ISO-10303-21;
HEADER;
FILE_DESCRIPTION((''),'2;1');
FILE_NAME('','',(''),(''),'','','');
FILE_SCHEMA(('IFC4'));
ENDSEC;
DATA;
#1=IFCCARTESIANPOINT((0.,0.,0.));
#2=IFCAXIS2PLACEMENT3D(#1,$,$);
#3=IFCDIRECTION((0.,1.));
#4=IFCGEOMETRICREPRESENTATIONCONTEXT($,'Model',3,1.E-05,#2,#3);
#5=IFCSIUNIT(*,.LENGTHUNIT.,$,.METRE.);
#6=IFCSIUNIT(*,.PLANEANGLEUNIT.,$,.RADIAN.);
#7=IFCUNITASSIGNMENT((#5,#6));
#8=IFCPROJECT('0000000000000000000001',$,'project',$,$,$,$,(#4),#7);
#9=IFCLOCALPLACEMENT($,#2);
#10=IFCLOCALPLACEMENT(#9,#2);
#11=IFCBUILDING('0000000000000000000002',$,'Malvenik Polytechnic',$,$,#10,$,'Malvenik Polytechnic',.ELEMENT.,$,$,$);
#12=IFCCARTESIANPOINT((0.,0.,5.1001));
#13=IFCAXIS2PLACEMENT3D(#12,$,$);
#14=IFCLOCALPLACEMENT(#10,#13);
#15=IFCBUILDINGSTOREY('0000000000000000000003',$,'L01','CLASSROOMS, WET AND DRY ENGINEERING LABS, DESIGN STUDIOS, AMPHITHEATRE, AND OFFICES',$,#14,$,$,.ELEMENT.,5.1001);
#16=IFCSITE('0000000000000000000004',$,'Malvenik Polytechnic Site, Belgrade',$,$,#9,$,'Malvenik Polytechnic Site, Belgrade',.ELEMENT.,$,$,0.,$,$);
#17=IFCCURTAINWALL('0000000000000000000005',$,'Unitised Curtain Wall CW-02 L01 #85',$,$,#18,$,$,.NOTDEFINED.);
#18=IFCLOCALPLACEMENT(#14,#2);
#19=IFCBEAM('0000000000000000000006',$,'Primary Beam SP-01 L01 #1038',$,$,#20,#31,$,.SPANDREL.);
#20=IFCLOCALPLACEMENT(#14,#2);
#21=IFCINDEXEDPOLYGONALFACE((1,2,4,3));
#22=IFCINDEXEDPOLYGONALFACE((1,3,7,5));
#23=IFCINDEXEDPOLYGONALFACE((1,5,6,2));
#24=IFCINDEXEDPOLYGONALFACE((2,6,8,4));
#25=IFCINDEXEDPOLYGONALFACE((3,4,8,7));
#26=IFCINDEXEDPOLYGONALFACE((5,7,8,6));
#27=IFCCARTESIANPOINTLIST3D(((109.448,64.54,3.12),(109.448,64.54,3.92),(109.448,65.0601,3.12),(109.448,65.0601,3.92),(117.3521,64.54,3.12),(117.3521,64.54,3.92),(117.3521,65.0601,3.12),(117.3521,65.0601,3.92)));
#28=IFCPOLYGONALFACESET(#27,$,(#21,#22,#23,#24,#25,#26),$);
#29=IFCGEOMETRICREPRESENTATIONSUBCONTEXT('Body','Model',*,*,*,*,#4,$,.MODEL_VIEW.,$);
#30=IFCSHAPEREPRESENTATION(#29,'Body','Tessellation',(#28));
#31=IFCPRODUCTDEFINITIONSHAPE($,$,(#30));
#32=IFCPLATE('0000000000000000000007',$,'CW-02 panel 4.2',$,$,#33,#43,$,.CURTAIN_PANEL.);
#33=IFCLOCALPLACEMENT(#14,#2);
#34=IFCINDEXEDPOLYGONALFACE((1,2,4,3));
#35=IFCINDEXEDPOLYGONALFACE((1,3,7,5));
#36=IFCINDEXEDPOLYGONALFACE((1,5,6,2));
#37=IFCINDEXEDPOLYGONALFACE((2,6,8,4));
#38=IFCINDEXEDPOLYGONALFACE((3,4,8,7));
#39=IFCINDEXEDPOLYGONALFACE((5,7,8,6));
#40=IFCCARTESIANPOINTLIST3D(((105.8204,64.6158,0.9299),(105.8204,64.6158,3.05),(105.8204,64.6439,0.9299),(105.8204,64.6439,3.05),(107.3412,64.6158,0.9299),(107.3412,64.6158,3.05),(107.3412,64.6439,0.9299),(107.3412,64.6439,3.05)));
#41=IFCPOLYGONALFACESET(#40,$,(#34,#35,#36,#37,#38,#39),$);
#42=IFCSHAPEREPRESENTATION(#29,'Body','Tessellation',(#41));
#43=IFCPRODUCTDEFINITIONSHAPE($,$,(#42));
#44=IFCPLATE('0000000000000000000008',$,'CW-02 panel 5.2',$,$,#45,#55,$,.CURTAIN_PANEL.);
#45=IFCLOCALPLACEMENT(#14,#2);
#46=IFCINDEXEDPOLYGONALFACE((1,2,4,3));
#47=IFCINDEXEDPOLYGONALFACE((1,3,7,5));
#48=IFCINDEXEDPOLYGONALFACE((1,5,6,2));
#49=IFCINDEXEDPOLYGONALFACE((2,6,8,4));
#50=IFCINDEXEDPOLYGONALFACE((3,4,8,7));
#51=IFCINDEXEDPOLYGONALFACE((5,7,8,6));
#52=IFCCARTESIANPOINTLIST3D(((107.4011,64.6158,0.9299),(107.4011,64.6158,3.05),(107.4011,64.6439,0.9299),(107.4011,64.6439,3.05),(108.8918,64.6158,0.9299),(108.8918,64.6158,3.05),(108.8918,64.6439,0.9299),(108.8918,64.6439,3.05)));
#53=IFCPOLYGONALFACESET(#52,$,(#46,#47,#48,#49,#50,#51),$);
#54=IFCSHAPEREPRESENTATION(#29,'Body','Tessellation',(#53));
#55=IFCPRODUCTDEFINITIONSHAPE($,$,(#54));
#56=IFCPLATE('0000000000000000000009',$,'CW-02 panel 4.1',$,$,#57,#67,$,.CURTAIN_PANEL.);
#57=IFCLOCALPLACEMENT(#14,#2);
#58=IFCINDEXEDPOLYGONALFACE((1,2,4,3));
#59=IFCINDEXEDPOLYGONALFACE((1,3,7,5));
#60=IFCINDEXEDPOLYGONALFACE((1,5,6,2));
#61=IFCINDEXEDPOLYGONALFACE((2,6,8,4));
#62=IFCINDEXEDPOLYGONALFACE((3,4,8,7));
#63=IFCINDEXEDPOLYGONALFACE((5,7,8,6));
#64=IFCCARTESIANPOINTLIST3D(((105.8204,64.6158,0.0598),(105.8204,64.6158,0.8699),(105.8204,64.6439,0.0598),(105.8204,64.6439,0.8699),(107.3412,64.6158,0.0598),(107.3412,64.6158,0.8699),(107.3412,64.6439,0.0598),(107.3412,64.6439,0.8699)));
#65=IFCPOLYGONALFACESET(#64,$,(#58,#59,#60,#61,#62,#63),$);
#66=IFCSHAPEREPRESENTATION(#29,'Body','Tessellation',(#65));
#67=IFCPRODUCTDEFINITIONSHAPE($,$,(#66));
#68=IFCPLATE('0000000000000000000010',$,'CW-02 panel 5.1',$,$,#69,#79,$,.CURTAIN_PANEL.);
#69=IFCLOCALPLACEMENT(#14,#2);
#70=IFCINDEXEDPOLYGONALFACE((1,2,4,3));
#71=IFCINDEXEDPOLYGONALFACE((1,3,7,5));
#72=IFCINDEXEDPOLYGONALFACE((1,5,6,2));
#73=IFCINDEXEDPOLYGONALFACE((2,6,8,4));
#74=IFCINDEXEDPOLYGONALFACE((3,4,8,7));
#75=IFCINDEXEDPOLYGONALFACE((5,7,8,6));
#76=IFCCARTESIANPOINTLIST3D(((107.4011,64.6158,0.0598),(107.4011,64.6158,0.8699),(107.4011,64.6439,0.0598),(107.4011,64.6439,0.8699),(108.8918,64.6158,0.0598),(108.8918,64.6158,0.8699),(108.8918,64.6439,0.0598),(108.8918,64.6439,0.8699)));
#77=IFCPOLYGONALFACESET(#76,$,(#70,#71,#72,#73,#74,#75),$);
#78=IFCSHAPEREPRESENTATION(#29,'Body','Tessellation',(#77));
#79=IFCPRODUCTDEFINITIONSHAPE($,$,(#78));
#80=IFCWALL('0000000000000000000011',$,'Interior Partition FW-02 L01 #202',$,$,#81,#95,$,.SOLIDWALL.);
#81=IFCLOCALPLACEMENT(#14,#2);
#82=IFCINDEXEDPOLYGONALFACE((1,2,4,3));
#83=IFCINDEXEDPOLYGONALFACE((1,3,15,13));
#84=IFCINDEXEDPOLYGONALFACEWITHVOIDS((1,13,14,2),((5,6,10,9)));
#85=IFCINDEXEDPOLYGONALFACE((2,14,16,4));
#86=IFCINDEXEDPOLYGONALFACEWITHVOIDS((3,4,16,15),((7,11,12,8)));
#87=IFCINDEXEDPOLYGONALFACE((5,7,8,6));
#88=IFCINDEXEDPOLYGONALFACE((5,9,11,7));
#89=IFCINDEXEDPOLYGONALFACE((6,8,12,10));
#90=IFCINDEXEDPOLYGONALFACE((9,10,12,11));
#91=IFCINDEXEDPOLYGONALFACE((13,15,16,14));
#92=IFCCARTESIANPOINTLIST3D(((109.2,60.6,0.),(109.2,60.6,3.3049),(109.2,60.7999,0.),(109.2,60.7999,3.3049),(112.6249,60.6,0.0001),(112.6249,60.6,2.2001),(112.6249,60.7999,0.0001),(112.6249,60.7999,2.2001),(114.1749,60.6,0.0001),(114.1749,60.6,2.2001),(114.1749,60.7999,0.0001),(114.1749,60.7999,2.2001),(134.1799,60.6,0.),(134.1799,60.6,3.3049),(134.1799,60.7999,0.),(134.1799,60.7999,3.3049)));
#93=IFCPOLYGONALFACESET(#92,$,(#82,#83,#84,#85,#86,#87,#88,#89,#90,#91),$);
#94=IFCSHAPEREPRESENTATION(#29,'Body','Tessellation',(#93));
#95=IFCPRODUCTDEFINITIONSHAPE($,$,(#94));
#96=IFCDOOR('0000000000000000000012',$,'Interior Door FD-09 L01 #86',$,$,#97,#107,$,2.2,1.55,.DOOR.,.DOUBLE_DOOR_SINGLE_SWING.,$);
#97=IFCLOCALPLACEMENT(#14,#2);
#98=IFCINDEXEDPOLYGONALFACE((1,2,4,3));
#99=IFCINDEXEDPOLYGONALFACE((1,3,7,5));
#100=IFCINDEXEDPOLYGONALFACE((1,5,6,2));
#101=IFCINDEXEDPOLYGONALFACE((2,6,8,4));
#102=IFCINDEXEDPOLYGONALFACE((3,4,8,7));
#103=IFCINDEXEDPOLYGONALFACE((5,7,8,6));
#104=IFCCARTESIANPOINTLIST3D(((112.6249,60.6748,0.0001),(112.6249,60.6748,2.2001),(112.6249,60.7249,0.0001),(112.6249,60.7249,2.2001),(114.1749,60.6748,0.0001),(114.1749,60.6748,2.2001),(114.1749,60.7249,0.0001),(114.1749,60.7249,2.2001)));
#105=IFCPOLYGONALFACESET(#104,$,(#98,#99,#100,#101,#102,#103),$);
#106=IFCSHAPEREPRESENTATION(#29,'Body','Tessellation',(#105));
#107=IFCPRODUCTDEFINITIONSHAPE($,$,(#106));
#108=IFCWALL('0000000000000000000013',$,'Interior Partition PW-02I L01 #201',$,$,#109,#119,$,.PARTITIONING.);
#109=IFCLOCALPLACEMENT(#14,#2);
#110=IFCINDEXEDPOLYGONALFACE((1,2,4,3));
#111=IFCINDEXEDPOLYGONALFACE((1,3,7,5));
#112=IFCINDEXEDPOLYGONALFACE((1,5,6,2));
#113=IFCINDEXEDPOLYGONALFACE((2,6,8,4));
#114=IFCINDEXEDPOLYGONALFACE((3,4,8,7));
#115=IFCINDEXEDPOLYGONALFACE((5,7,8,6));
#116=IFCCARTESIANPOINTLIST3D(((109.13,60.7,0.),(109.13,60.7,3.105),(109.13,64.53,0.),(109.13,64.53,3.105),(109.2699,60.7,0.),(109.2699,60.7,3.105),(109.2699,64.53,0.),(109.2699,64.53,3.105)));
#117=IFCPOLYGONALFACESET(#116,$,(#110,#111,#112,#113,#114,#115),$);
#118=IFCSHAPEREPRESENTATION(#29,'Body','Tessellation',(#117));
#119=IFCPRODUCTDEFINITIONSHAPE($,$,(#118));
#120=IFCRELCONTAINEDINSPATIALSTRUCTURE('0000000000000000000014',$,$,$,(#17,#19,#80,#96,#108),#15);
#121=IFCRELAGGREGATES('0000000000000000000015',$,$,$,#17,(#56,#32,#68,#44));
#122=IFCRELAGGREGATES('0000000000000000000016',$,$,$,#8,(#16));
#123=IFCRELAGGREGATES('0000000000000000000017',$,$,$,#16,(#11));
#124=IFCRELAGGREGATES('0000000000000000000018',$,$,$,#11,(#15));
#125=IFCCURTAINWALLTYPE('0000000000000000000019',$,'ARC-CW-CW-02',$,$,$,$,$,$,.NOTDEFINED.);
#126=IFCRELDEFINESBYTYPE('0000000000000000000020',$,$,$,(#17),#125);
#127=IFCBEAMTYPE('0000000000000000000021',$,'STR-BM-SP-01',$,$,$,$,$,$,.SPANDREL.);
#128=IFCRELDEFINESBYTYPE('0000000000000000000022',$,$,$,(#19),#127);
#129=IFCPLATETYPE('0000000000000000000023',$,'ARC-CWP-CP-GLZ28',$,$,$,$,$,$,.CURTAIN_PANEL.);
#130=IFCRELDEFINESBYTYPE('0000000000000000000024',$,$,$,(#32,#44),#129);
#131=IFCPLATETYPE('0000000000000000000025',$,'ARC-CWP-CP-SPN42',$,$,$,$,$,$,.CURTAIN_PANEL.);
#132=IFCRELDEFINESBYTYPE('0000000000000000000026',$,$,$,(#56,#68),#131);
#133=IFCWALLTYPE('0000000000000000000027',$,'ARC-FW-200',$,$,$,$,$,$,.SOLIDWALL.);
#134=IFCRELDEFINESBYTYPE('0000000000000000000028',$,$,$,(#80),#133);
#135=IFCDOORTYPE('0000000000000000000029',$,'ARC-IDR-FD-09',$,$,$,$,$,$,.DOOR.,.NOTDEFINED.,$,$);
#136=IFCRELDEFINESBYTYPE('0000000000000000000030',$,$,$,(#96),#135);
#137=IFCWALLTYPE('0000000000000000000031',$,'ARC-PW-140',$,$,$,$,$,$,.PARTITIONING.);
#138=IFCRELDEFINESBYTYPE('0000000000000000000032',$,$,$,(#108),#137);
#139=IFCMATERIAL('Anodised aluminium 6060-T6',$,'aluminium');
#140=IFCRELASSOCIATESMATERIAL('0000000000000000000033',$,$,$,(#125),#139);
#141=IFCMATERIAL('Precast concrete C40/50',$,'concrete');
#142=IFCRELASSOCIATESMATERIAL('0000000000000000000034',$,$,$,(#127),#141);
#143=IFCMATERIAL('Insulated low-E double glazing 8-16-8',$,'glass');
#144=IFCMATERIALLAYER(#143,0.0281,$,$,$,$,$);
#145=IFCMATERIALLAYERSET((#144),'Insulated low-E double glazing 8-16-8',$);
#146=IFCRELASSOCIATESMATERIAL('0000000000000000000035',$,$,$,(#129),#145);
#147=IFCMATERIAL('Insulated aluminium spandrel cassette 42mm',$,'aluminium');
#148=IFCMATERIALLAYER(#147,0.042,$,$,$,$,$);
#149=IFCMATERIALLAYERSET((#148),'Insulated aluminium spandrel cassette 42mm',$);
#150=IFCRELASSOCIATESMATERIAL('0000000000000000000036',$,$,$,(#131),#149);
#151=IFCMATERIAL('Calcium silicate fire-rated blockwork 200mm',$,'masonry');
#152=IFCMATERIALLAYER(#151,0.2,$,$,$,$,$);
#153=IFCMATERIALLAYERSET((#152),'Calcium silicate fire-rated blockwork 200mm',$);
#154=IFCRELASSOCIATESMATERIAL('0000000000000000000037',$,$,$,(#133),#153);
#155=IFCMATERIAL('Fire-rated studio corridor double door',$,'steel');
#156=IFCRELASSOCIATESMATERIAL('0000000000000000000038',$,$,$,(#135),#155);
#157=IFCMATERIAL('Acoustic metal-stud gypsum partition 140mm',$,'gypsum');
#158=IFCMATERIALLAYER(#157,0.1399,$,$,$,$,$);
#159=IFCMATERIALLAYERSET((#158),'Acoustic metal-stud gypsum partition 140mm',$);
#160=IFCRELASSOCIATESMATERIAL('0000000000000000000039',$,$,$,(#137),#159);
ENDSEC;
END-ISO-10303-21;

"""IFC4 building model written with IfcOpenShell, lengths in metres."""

from ifc_helpers import new_model, si_unit, direction, frame, frame_2d, origin, origin_2d, place, context, subcontext, project, spatial, rectangle, extrude, material, layer, layer_set, material_profile, profile_set, type_object, element, fill, aggregate, save


model = new_model("IFC4")

# Units and contexts
model_context = context("Model", 3, precision=1e-05, world=origin(), true_north=direction((0.0, 1.0)))
body_context = subcontext(model_context, "Body", "Model", "MODEL_VIEW")
ifc_project = project(units=[si_unit("LENGTHUNIT", "METRE"), si_unit("PLANEANGLEUNIT", "RADIAN")], contexts=[model_context])

# Site, building, storey
site_placement = place(None, origin())
site = spatial("IfcSite", under=ifc_project, at=site_placement, Name="Malvenik Polytechnic Site, Belgrade", LongName="Malvenik Polytechnic Site, Belgrade", CompositionType="ELEMENT", RefElevation=0.0)
building_placement = place(site_placement, origin())
building = spatial("IfcBuilding", under=site, at=building_placement, Name="Malvenik Polytechnic", LongName="Malvenik Polytechnic", CompositionType="ELEMENT")
storey_placement = place(building_placement, frame((0.0, 0.0, 5.1001)))
storey = spatial("IfcBuildingStorey", under=building, at=storey_placement, Name="L01", Description="CLASSROOMS, WET AND DRY ENGINEERING LABS, DESIGN STUDIOS, AMPHITHEATRE, AND OFFICES", CompositionType="ELEMENT", Elevation=5.1001)

# Shared definitions
ifc_material_1 = material(Name="Anodised aluminium 6060-T6", Category="aluminium")
curtain_wall_type = type_object("IfcCurtainWallType", Name="ARC-CW-CW-02", PredefinedType="NOTDEFINED", material=ifc_material_1)

# Curtain wall
curtain_wall_1_placement = place(storey_placement, origin())
curtain_wall_1 = element("IfcCurtainWall", 1, at=curtain_wall_1_placement, inside=storey, type_object=curtain_wall_type, Name="Unitised Curtain Wall CW-02 L01 #85", PredefinedType="NOTDEFINED")

# Beam
ifc_material_2 = material(Name="Precast concrete C40/50", Category="concrete")
ifc_material_profile_1 = material_profile(ifc_material_2, rectangle(XDim=0.52, YDim=0.8, at=origin_2d()), Name="PC SPN 520x800")
ifc_profile_set_1 = profile_set([ifc_material_profile_1], Name="Precast concrete C40/50")
beam_type_1 = type_object("IfcBeamType", Name="STR-BM-SP-01", PredefinedType="SPANDREL", material=ifc_profile_set_1)
beam_1_placement = place(storey_placement, frame((109.448, 64.8, 3.52), z_axis=(1.0, 0.0, 0.0), x_axis=(0.0, 1.0, 0.0)))
element("IfcBeam", 2, at=beam_1_placement, inside=storey, type_object=beam_type_1, Name="Primary Beam SP-01 L01 #1038", PredefinedType="SPANDREL", context=body_context, shape_type="SweptSolid", body=[
    extrude(rectangle(XDim=0.52, YDim=0.8, at=origin_2d()), origin(), (0.0, 0.0, 1.0), 7.9041),
])

# Plates
ifc_material_3 = material(Name="Insulated low-E double glazing 8-16-8", Category="glass")
ifc_layer_1 = layer(ifc_material_3, 0.0281)
ifc_layer_set_1 = layer_set([ifc_layer_1], Name="Insulated low-E double glazing 8-16-8")
plate_type_1 = type_object("IfcPlateType", Name="ARC-CWP-CP-GLZ28", PredefinedType="CURTAIN_PANEL", material=ifc_layer_set_1)
plate_1_placement = place(storey_placement, frame((106.5808, 64.6299, 0.9299), z_axis=(0.0, 0.0, 1.0), x_axis=(1.0, 0.0, 0.0)))
plate_1 = element("IfcPlate", 3, at=plate_1_placement, type_object=plate_type_1, Name="CW-02 panel 4.2", PredefinedType="CURTAIN_PANEL", context=body_context, shape_type="SweptSolid", body=[
    extrude(rectangle(XDim=1.5208, YDim=0.0281, at=origin_2d()), origin(), (0.0, 0.0, 1.0), 2.1201),
])
plate_2_placement = place(storey_placement, frame((108.1465, 64.6299, 0.9299), z_axis=(0.0, 0.0, 1.0), x_axis=(1.0, 0.0, 0.0)))
plate_2 = element("IfcPlate", 4, at=plate_2_placement, type_object=plate_type_1, Name="CW-02 panel 5.2", PredefinedType="CURTAIN_PANEL", context=body_context, shape_type="SweptSolid", body=[
    extrude(rectangle(XDim=1.4907, YDim=0.0281, at=origin_2d()), origin(), (0.0, 0.0, 1.0), 2.1201),
])
ifc_material_4 = material(Name="Insulated aluminium spandrel cassette 42mm", Category="aluminium")
ifc_layer_2 = layer(ifc_material_4, 0.042)
ifc_layer_set_2 = layer_set([ifc_layer_2], Name="Insulated aluminium spandrel cassette 42mm")
plate_type_2 = type_object("IfcPlateType", Name="ARC-CWP-CP-SPN42", PredefinedType="CURTAIN_PANEL", material=ifc_layer_set_2)
plate_3_placement = place(storey_placement, frame((106.5808, 64.6299, 0.0598), z_axis=(0.0, 0.0, 1.0), x_axis=(1.0, 0.0, 0.0)))
plate_3 = element("IfcPlate", 5, at=plate_3_placement, type_object=plate_type_2, Name="CW-02 panel 4.1", PredefinedType="CURTAIN_PANEL", context=body_context, shape_type="SweptSolid", body=[
    extrude(rectangle(XDim=1.5208, YDim=0.0281, at=origin_2d()), origin(), (0.0, 0.0, 1.0), 0.8101),
])
plate_4_placement = place(storey_placement, frame((108.1465, 64.6299, 0.0598), z_axis=(0.0, 0.0, 1.0), x_axis=(1.0, 0.0, 0.0)))
plate_4 = element("IfcPlate", 6, at=plate_4_placement, type_object=plate_type_2, Name="CW-02 panel 5.1", PredefinedType="CURTAIN_PANEL", context=body_context, shape_type="SweptSolid", body=[
    extrude(rectangle(XDim=1.4907, YDim=0.0281, at=origin_2d()), origin(), (0.0, 0.0, 1.0), 0.8101),
])
aggregate(curtain_wall_1, [plate_3, plate_1, plate_4, plate_2])

# Wall, opening, door
ifc_material_5 = material(Name="Calcium silicate fire-rated blockwork 200mm", Category="masonry")
ifc_layer_3 = layer(ifc_material_5, 0.2)
ifc_layer_set_3 = layer_set([ifc_layer_3], Name="Calcium silicate fire-rated blockwork 200mm")
wall_type_1 = type_object("IfcWallType", Name="ARC-FW-200", PredefinedType="SOLIDWALL", material=ifc_layer_set_3)
wall_1_placement = place(storey_placement, frame((109.2, 60.7, 0.0), z_axis=(0.0, 0.0, 1.0), x_axis=(1.0, 0.0, 0.0)))
wall_1 = element("IfcWall", 7, at=wall_1_placement, inside=storey, type_object=wall_type_1, Name="Interior Partition FW-02 L01 #202", PredefinedType="SOLIDWALL", context=body_context, shape_type="SweptSolid", body=[
    extrude(rectangle(XDim=24.98, YDim=0.2, at=frame_2d((12.49, 0.0))), origin(), (0.0, 0.0, 1.0), 3.3049),
])
opening_placement = place(wall_1_placement, frame((3.425, 0.0, 0.0)))
opening = element("IfcOpeningElement", 8, at=opening_placement, cuts=wall_1, PredefinedType="OPENING", context=body_context, shape_type="SweptSolid", body=[
    extrude(rectangle(XDim=1.55, YDim=2.2, at=frame_2d((0.7749, 1.1001))), frame((0.0, 0.1099, 0.0), z_axis=(0.0, -1.0, 0.0), x_axis=(1.0, 0.0, 0.0)), (0.0, 0.0, 1.0), 0.22),
])
ifc_material_6 = material(Name="Fire-rated studio corridor double door", Category="steel")
door_type = type_object("IfcDoorType", Name="ARC-IDR-FD-09", OperationType="NOTDEFINED", PredefinedType="DOOR", material=ifc_material_6)
door_placement = place(opening_placement, origin())
door = element("IfcDoor", 9, at=door_placement, inside=storey, type_object=door_type, Name="Interior Door FD-09 L01 #86", OperationType="DOUBLE_DOOR_SINGLE_SWING", OverallHeight=2.2, OverallWidth=1.55, PredefinedType="DOOR", context=body_context, shape_type="SweptSolid", body=[
    extrude(rectangle(XDim=1.55, YDim=2.2, at=frame_2d((0.7749, 1.1001))), frame((0.0, 0.0249, 0.0), z_axis=(0.0, -1.0, 0.0), x_axis=(1.0, 0.0, 0.0)), (0.0, 0.0, 1.0), 0.05),
])
fill(opening, door)

# Wall
ifc_material_7 = material(Name="Acoustic metal-stud gypsum partition 140mm", Category="gypsum")
ifc_layer_4 = layer(ifc_material_7, 0.1399)
ifc_layer_set_4 = layer_set([ifc_layer_4], Name="Acoustic metal-stud gypsum partition 140mm")
wall_type_2 = type_object("IfcWallType", Name="ARC-PW-140", PredefinedType="PARTITIONING", material=ifc_layer_set_4)
wall_2_placement = place(storey_placement, frame((109.2, 60.7, 0.0), z_axis=(0.0, 0.0, 1.0), x_axis=(0.0, 1.0, 0.0)))
element("IfcWall", 10, at=wall_2_placement, inside=storey, type_object=wall_type_2, Name="Interior Partition PW-02I L01 #201", PredefinedType="PARTITIONING", context=body_context, shape_type="SweptSolid", body=[
    extrude(rectangle(XDim=3.8301, YDim=0.1399, at=frame_2d((1.915, 0.0))), origin(), (0.0, 0.0, 1.0), 3.105),
])

save(model, "model.ifc")
